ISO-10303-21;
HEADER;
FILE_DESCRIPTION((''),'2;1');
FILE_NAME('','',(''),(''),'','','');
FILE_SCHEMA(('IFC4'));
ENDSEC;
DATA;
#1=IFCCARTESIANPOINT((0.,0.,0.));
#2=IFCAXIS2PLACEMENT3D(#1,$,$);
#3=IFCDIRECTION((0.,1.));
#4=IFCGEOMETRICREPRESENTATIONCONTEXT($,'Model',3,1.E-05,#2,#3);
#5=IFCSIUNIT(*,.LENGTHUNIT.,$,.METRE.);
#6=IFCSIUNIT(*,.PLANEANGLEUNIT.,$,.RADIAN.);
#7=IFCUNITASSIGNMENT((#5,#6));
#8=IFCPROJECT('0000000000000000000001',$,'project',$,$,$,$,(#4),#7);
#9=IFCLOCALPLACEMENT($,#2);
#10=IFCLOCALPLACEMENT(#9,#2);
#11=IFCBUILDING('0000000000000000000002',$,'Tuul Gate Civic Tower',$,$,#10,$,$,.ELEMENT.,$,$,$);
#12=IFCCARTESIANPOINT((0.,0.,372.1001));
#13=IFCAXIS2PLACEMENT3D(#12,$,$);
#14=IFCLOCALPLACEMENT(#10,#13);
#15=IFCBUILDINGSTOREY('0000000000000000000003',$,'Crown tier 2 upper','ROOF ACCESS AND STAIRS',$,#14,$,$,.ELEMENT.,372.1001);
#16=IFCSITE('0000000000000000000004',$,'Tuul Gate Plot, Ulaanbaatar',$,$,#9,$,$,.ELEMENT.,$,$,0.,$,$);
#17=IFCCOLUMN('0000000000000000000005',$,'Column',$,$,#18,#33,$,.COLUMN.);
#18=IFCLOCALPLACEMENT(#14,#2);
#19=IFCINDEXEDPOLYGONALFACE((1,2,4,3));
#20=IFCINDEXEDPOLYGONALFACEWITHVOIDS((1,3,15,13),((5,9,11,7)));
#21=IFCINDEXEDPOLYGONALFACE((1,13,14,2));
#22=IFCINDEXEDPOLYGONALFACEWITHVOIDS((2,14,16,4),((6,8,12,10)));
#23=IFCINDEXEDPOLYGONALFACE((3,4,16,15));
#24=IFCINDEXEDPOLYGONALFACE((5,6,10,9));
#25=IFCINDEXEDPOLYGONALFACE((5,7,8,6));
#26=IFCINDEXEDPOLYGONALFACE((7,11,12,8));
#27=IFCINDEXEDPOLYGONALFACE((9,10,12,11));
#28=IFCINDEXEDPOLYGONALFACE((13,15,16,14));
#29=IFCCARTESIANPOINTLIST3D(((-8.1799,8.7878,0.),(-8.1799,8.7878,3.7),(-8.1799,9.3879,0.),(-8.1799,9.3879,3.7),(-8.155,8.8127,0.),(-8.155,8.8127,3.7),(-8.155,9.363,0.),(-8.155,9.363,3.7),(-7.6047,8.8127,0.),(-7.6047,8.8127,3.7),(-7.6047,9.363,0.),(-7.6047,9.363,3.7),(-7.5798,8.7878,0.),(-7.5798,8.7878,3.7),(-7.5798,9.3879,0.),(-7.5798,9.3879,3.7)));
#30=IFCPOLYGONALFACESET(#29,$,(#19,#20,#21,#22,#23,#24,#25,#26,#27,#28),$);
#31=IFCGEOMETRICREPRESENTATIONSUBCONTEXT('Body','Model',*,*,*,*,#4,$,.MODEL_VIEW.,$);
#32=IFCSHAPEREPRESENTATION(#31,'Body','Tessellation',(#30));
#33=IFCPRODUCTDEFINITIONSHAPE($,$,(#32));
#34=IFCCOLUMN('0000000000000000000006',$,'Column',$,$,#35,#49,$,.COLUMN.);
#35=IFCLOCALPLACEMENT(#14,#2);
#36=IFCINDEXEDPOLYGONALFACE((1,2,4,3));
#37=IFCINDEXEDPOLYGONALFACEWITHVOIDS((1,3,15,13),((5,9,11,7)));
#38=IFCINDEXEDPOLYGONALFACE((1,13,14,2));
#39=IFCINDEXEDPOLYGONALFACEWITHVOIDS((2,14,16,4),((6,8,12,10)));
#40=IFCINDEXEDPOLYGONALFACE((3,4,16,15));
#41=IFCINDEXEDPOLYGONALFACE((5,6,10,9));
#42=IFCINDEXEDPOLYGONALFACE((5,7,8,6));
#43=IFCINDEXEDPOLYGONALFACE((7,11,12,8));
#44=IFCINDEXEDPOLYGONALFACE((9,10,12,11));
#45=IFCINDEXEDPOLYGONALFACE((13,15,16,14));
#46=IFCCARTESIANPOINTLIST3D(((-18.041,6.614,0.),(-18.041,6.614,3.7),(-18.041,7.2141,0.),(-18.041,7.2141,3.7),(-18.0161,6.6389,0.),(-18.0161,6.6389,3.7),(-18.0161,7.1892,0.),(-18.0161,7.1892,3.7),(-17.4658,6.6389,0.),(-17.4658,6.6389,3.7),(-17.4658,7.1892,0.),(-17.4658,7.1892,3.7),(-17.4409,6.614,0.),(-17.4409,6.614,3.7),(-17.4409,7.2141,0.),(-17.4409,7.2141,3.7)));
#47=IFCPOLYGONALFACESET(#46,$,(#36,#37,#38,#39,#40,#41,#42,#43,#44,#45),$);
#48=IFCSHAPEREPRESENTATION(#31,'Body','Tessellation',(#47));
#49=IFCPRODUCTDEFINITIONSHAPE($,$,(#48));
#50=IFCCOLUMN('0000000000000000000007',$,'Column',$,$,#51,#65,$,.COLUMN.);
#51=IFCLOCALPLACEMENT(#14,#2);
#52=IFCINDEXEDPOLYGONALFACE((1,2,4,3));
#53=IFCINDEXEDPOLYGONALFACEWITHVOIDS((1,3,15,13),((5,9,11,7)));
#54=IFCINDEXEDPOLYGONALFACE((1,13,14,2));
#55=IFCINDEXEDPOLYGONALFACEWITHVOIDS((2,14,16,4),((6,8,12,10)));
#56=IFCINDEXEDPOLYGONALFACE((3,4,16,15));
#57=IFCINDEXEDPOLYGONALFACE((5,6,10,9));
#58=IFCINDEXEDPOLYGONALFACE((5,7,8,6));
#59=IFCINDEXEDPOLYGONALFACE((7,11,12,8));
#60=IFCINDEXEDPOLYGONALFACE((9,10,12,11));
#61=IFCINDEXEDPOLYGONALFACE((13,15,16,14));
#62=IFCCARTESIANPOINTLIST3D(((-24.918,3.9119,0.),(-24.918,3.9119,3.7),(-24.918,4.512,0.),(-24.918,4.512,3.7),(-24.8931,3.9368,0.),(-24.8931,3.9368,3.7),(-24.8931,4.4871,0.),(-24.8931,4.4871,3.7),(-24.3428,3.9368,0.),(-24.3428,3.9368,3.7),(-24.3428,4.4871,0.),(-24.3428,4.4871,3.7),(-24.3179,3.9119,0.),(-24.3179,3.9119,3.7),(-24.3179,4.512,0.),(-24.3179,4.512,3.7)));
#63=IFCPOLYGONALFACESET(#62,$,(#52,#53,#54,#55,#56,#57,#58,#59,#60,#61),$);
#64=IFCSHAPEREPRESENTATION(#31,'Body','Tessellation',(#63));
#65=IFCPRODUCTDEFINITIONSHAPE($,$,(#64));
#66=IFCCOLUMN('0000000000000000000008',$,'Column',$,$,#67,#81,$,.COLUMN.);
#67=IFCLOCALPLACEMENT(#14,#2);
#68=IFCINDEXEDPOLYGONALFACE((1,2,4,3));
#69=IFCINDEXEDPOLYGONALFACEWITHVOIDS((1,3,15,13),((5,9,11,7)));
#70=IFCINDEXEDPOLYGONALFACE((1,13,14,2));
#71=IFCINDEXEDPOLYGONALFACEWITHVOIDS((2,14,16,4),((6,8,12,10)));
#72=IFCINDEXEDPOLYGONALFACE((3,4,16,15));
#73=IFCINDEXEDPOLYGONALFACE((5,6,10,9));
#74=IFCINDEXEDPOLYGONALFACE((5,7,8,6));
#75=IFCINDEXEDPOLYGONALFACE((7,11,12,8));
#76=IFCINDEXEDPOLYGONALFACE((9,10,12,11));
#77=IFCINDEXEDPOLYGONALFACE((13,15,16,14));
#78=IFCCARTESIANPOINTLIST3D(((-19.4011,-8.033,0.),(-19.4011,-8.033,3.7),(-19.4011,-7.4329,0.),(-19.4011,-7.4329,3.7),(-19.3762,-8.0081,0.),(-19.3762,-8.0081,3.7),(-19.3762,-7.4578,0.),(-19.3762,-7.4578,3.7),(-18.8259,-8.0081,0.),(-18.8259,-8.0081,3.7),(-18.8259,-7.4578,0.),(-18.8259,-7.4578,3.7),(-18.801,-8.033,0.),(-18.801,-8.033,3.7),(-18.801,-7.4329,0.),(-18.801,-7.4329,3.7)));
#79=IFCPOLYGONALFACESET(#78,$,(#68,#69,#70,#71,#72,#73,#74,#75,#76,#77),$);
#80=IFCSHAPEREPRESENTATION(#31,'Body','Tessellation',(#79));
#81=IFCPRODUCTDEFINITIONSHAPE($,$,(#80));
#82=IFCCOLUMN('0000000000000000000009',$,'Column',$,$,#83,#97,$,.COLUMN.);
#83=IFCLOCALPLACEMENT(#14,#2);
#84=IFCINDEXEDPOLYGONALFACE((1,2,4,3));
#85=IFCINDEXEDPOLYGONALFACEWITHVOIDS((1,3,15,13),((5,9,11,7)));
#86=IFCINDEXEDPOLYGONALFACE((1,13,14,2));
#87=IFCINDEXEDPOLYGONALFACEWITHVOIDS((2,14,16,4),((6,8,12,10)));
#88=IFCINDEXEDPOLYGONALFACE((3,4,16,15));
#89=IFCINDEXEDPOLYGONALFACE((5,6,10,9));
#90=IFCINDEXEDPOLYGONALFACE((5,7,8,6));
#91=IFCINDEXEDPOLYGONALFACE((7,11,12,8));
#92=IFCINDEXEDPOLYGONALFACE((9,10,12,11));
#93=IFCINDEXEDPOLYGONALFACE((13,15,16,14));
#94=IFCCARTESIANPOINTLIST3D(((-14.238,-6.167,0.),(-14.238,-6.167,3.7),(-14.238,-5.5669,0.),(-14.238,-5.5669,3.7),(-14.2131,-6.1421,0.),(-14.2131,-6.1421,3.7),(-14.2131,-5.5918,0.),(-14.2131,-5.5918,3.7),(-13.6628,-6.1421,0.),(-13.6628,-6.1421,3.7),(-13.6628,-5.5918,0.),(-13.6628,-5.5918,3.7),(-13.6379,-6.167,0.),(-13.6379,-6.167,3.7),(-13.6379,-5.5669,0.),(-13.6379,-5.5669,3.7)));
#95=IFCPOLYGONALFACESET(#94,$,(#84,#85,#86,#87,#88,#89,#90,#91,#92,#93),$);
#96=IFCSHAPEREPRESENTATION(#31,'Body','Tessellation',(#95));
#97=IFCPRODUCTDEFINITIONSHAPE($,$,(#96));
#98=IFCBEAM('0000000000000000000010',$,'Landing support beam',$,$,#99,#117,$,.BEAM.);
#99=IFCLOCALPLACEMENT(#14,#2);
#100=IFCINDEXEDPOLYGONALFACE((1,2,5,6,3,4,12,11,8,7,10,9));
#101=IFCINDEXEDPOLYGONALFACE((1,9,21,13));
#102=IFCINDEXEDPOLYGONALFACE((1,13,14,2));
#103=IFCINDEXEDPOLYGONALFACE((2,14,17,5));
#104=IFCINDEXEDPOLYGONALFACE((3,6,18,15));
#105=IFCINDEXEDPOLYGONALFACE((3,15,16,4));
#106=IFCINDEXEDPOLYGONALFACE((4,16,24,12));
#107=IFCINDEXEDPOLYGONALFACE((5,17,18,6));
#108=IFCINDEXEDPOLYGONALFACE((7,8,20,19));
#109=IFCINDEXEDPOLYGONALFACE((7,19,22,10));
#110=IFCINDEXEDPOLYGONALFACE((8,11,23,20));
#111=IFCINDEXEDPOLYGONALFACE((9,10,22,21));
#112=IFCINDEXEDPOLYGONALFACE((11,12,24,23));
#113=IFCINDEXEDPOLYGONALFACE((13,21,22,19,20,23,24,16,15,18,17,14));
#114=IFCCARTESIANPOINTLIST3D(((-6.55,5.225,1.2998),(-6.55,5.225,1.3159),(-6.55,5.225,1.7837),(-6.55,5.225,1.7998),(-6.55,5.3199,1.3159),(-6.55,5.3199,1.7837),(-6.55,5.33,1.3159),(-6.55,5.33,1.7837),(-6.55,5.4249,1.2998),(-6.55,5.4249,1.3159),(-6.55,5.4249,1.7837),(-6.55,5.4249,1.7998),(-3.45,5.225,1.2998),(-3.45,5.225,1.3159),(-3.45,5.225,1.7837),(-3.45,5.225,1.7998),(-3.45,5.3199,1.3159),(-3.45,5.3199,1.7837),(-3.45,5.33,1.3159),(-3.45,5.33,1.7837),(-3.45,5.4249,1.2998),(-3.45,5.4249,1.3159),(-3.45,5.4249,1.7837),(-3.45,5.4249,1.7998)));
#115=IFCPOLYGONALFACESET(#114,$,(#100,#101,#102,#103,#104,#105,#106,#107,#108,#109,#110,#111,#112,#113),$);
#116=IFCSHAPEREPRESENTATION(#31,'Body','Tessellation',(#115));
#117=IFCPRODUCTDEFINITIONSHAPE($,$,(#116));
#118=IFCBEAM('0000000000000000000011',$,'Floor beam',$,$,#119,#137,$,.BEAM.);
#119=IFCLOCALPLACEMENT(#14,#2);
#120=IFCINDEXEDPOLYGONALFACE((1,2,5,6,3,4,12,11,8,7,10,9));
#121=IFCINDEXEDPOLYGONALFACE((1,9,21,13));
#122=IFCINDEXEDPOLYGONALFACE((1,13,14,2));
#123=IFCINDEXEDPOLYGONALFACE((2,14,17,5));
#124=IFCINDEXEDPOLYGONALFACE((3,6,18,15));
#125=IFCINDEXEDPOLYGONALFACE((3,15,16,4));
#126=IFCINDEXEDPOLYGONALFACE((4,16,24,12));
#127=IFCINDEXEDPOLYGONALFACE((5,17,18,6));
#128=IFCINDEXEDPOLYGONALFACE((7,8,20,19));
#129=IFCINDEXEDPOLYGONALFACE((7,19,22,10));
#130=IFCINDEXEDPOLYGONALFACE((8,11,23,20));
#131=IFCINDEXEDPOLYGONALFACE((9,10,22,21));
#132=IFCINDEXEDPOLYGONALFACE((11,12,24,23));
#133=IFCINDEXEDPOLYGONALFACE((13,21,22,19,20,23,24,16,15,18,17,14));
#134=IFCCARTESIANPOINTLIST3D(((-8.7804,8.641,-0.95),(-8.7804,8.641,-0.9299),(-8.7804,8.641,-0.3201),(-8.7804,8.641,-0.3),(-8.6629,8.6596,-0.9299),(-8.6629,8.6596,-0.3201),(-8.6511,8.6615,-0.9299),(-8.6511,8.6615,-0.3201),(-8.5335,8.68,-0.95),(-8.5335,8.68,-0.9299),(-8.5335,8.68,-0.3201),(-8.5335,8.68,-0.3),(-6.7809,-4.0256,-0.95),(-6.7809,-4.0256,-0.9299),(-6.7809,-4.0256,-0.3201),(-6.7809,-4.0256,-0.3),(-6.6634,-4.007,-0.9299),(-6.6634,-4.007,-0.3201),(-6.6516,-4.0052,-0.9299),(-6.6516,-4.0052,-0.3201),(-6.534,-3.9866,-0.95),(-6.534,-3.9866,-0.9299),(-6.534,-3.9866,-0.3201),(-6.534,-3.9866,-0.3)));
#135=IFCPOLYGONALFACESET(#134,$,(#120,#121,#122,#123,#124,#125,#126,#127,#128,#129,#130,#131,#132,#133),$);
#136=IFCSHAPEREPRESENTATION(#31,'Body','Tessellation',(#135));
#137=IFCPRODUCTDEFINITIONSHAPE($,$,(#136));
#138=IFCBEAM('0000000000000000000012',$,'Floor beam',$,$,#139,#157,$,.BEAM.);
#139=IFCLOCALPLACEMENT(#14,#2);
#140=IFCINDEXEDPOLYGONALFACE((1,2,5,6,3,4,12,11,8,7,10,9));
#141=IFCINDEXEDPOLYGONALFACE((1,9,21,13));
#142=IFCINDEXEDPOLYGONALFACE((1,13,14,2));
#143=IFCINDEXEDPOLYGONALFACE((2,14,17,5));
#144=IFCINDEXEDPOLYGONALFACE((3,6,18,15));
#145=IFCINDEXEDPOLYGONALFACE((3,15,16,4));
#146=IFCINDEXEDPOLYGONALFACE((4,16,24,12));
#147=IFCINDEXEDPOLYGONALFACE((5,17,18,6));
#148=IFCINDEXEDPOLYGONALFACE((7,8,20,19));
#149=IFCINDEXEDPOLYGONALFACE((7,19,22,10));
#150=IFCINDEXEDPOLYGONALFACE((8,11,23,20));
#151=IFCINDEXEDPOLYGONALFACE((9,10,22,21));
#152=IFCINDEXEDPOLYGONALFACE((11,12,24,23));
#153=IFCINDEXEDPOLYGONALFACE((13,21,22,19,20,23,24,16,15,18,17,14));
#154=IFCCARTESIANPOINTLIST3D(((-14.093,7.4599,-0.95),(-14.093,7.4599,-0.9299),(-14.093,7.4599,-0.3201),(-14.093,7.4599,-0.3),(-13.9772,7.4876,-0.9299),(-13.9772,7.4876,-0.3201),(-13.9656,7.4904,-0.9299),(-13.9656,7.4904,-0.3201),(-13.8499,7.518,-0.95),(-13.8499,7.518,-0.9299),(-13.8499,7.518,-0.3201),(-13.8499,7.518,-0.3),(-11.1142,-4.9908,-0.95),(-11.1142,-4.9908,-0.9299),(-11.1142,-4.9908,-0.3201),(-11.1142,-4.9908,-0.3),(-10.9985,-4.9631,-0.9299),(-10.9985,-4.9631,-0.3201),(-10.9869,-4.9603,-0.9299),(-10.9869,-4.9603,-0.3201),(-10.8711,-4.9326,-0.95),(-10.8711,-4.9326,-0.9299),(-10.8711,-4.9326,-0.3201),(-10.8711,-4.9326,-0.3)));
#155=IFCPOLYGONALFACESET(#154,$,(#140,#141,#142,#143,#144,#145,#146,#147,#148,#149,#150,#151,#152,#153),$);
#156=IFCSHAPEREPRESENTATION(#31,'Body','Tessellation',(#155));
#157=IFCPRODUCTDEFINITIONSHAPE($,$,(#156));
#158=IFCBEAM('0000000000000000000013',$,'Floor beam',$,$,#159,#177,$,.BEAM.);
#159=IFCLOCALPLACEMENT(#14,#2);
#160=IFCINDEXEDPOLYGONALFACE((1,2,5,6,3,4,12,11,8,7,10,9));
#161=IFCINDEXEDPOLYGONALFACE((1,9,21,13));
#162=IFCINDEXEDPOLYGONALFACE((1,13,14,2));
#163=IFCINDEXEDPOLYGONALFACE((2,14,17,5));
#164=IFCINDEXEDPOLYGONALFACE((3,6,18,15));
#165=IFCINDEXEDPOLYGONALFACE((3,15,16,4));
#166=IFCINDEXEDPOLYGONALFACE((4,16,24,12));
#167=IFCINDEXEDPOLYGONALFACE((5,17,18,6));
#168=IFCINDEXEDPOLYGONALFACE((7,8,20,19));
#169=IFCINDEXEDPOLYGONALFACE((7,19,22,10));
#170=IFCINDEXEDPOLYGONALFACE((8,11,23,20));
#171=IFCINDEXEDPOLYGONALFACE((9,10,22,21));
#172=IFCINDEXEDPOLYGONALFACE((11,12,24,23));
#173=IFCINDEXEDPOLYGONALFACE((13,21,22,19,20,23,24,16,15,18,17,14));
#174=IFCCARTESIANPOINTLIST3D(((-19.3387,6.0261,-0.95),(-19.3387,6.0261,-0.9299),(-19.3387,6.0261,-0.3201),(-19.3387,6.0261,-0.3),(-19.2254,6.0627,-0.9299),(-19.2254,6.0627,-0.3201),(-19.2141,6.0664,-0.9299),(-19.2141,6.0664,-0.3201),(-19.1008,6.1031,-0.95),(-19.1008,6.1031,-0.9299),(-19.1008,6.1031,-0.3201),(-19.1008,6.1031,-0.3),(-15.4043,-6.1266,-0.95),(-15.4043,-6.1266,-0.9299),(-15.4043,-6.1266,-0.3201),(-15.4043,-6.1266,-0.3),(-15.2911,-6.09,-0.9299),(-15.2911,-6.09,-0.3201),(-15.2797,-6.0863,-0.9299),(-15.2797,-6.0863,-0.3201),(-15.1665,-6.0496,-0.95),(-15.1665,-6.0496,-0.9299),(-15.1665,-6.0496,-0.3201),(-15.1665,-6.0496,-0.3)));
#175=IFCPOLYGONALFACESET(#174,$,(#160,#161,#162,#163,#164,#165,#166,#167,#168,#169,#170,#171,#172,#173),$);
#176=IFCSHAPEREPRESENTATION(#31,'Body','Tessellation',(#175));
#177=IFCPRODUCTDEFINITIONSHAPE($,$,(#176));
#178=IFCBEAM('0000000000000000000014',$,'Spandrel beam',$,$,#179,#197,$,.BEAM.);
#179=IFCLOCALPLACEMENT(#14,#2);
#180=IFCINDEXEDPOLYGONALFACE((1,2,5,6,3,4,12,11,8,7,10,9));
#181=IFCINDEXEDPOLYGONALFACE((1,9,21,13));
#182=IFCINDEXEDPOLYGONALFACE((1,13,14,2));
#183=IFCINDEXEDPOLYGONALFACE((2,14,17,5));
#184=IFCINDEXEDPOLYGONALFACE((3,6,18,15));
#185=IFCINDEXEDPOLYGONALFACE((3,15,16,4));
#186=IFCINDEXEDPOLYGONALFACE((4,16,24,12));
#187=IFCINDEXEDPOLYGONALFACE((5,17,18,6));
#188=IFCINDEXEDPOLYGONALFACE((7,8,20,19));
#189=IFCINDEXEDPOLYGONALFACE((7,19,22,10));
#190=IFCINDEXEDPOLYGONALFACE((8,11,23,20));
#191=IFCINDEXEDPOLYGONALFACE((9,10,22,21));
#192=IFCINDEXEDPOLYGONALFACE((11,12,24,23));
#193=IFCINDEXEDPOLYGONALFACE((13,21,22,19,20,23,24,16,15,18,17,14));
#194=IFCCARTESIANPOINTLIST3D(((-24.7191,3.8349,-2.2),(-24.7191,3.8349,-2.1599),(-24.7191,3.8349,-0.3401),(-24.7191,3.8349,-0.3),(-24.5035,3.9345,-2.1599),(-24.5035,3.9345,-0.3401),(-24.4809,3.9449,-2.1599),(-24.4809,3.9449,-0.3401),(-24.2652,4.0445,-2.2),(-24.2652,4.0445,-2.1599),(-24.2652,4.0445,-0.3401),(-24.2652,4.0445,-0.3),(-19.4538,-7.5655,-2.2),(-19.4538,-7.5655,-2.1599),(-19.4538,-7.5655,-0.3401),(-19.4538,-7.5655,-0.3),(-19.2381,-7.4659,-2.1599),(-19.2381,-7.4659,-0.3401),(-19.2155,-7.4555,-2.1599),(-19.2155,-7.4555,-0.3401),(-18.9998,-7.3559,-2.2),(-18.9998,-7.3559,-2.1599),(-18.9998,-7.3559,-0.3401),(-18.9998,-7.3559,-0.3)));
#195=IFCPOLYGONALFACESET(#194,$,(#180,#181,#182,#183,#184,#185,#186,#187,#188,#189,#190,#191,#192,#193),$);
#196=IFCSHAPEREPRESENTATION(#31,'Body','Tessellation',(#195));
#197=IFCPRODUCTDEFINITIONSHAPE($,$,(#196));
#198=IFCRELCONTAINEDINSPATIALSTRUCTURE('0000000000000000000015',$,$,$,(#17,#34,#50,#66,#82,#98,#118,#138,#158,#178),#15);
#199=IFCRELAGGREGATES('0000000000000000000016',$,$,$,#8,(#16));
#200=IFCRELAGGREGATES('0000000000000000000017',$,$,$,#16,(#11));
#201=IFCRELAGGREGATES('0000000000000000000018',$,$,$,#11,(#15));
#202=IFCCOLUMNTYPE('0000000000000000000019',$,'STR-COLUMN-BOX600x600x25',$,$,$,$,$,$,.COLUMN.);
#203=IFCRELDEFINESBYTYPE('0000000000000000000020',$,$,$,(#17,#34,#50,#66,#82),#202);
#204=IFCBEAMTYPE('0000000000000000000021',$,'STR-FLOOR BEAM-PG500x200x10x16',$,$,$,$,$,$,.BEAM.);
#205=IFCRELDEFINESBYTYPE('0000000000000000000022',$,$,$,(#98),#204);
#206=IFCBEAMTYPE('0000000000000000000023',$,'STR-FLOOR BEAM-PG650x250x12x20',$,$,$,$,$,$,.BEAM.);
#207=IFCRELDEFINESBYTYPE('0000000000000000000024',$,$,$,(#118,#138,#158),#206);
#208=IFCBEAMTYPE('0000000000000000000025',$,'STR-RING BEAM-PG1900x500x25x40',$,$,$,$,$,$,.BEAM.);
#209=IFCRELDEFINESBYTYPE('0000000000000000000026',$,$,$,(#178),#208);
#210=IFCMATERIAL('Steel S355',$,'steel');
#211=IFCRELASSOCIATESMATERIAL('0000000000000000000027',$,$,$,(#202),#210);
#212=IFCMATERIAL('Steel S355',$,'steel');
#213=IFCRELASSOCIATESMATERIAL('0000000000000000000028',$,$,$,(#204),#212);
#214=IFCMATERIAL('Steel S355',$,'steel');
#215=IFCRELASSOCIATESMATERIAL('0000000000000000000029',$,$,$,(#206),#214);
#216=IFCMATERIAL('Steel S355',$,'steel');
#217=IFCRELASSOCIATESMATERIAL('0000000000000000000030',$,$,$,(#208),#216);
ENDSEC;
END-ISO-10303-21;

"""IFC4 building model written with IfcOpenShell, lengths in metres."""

from ifc_helpers import new_model, si_unit, direction, frame, origin, origin_2d, place, context, subcontext, project, spatial, hollow_rectangle, i_section, extrude, material, material_profile, profile_set, type_object, element, save


model = new_model("IFC4")

# Units and contexts
model_context = context("Model", 3, precision=1e-05, world=origin(), true_north=direction((0.0, 1.0)))
body_context = subcontext(model_context, "Body", "Model", "MODEL_VIEW")
ifc_project = project(units=[si_unit("LENGTHUNIT", "METRE"), si_unit("PLANEANGLEUNIT", "RADIAN")], contexts=[model_context])

# Site, building, storey
site_placement = place(None, origin())
site = spatial("IfcSite", under=ifc_project, at=site_placement, Name="Tuul Gate Plot, Ulaanbaatar", CompositionType="ELEMENT", RefElevation=0.0)
building_placement = place(site_placement, origin())
building = spatial("IfcBuilding", under=site, at=building_placement, Name="Tuul Gate Civic Tower", CompositionType="ELEMENT")
storey_placement = place(building_placement, frame((0.0, 0.0, 372.1001)))
storey = spatial("IfcBuildingStorey", under=building, at=storey_placement, Name="Crown tier 2 upper", Description="ROOF ACCESS AND STAIRS", CompositionType="ELEMENT", Elevation=372.1001)

# Columns
ifc_material_1 = material(Name="Steel S355", Category="steel")
ifc_material_profile_1 = material_profile(ifc_material_1, hollow_rectangle(XDim=0.6001, YDim=0.6001, WallThickness=0.0249, at=origin_2d()), Name="BOX600x600x25")
ifc_profile_set_1 = profile_set([ifc_material_profile_1], Name="Steel S355")
column_type = type_object("IfcColumnType", Name="STR-COLUMN-BOX600x600x25", PredefinedType="COLUMN", material=ifc_profile_set_1)
for number, where, z_axis, x_axis, name in (
    (1, (-7.8799, 9.0879, 0.0), (0.0, 0.0, 1.0), (1.0, 0.0, 0.0), "Column"),
    (2, (-17.741, 6.9141, 0.0), (0.0, 0.0, 1.0), (1.0, 0.0, 0.0), "Column"),
    (3, (-24.6179, 4.2119, 0.0), (0.0, 0.0, 1.0), (1.0, 0.0, 0.0), "Column"),
    (4, (-19.1011, -7.7329, 0.0), (0.0, 0.0, 1.0), (1.0, 0.0, 0.0), "Column"),
    (5, (-13.938, -5.8669, 0.0), (0.0, 0.0, 1.0), (1.0, 0.0, 0.0), "Column"),
):
    element("IfcColumn", number, at=place(storey_placement, frame(where, z_axis=z_axis, x_axis=x_axis)), inside=storey, type_object=column_type, Name=name, PredefinedType="COLUMN", context=body_context, shape_type="SweptSolid", body=[
        extrude(hollow_rectangle(XDim=0.6001, YDim=0.6001, WallThickness=0.0249, at=origin_2d()), origin(), (0.0, 0.0, 1.0), 3.7),
    ])

# Beams
ifc_material_2 = material(Name="Steel S355", Category="steel")
ifc_material_profile_2 = material_profile(ifc_material_2, i_section(OverallWidth=0.2, OverallDepth=0.5, WebThickness=0.01, FlangeThickness=0.0161, at=origin_2d()), Name="PG500x200x10x16")
ifc_profile_set_2 = profile_set([ifc_material_profile_2], Name="Steel S355")
beam_type_1 = type_object("IfcBeamType", Name="STR-FLOOR BEAM-PG500x200x10x16", PredefinedType="BEAM", material=ifc_profile_set_2)
beam_1_placement = place(storey_placement, frame((-6.55, 5.325, 1.5498), z_axis=(1.0, 0.0, 0.0), x_axis=(0.0, 1.0, 0.0)))
element("IfcBeam", 6, at=beam_1_placement, inside=storey, type_object=beam_type_1, Name="Landing support beam", PredefinedType="BEAM", context=body_context, shape_type="SweptSolid", body=[
    extrude(i_section(OverallWidth=0.2, OverallDepth=0.5, WebThickness=0.01, FlangeThickness=0.0161, at=origin_2d()), origin(), (0.0, 0.0, 1.0), 3.1001),
])
ifc_material_3 = material(Name="Steel S355", Category="steel")
ifc_material_profile_3 = material_profile(ifc_material_3, i_section(OverallWidth=0.25, OverallDepth=0.6499, WebThickness=0.012, FlangeThickness=0.02, at=origin_2d()), Name="PG650x250x12x20")
ifc_profile_set_3 = profile_set([ifc_material_profile_3], Name="Steel S355")
beam_type_2 = type_object("IfcBeamType", Name="STR-FLOOR BEAM-PG650x250x12x20", PredefinedType="BEAM", material=ifc_profile_set_3)
beam_2_placement = place(storey_placement, frame((-6.6575, -4.0061, -0.625), z_axis=(-0.155924, 0.987769, 0.0), x_axis=(-0.987769, -0.155924, 0.0)))
element("IfcBeam", 7, at=beam_2_placement, inside=storey, type_object=beam_type_2, Name="Floor beam", PredefinedType="BEAM", context=body_context, shape_type="SweptSolid", body=[
    extrude(i_section(OverallWidth=0.25, OverallDepth=0.6499, WebThickness=0.012, FlangeThickness=0.02, at=origin_2d()), origin(), (0.0, 0.0, 1.0), 12.8235),
])
beam_3_placement = place(storey_placement, frame((-10.9927, -4.9617, -0.625), z_axis=(-0.232678, 0.972554, 0.0), x_axis=(-0.972554, -0.232678, 0.0)))
element("IfcBeam", 8, at=beam_3_placement, inside=storey, type_object=beam_type_2, Name="Floor beam", PredefinedType="BEAM", context=body_context, shape_type="SweptSolid", body=[
    extrude(i_section(OverallWidth=0.25, OverallDepth=0.6499, WebThickness=0.012, FlangeThickness=0.02, at=origin_2d()), origin(), (0.0, 0.0, 1.0), 12.802),
])
beam_4_placement = place(storey_placement, frame((-15.2854, -6.0881, -0.625), z_axis=(-0.308005, 0.951385, 0.0), x_axis=(-0.951385, -0.308005, 0.0)))
element("IfcBeam", 9, at=beam_4_placement, inside=storey, type_object=beam_type_2, Name="Floor beam", PredefinedType="BEAM", context=body_context, shape_type="SweptSolid", body=[
    extrude(i_section(OverallWidth=0.25, OverallDepth=0.6499, WebThickness=0.012, FlangeThickness=0.02, at=origin_2d()), origin(), (0.0, 0.0, 1.0), 12.7737),
])
ifc_material_4 = material(Name="Steel S355", Category="steel")
ifc_material_profile_4 = material_profile(ifc_material_4, i_section(OverallWidth=0.5, OverallDepth=1.8999, WebThickness=0.0249, FlangeThickness=0.04, at=origin_2d()), Name="PG1900x500x25x40")
ifc_profile_set_4 = profile_set([ifc_material_profile_4], Name="Steel S355")
beam_type_3 = type_object("IfcBeamType", Name="STR-RING BEAM-PG1900x500x25x40", PredefinedType="BEAM", material=ifc_profile_set_4)
beam_5_placement = place(storey_placement, frame((-24.4922, 3.9397, -1.25), z_axis=(0.419299, -0.907848, 0.0), x_axis=(0.907848, 0.419299, 0.0)))
element("IfcBeam", 10, at=beam_5_placement, inside=storey, type_object=beam_type_3, Name="Spandrel beam", PredefinedType="BEAM", context=body_context, shape_type="SweptSolid", body=[
    extrude(i_section(OverallWidth=0.5, OverallDepth=1.8999, WebThickness=0.0249, FlangeThickness=0.04, at=origin_2d()), origin(), (0.0, 0.0, 1.0), 12.5576),
])

save(model, "model.ifc")
